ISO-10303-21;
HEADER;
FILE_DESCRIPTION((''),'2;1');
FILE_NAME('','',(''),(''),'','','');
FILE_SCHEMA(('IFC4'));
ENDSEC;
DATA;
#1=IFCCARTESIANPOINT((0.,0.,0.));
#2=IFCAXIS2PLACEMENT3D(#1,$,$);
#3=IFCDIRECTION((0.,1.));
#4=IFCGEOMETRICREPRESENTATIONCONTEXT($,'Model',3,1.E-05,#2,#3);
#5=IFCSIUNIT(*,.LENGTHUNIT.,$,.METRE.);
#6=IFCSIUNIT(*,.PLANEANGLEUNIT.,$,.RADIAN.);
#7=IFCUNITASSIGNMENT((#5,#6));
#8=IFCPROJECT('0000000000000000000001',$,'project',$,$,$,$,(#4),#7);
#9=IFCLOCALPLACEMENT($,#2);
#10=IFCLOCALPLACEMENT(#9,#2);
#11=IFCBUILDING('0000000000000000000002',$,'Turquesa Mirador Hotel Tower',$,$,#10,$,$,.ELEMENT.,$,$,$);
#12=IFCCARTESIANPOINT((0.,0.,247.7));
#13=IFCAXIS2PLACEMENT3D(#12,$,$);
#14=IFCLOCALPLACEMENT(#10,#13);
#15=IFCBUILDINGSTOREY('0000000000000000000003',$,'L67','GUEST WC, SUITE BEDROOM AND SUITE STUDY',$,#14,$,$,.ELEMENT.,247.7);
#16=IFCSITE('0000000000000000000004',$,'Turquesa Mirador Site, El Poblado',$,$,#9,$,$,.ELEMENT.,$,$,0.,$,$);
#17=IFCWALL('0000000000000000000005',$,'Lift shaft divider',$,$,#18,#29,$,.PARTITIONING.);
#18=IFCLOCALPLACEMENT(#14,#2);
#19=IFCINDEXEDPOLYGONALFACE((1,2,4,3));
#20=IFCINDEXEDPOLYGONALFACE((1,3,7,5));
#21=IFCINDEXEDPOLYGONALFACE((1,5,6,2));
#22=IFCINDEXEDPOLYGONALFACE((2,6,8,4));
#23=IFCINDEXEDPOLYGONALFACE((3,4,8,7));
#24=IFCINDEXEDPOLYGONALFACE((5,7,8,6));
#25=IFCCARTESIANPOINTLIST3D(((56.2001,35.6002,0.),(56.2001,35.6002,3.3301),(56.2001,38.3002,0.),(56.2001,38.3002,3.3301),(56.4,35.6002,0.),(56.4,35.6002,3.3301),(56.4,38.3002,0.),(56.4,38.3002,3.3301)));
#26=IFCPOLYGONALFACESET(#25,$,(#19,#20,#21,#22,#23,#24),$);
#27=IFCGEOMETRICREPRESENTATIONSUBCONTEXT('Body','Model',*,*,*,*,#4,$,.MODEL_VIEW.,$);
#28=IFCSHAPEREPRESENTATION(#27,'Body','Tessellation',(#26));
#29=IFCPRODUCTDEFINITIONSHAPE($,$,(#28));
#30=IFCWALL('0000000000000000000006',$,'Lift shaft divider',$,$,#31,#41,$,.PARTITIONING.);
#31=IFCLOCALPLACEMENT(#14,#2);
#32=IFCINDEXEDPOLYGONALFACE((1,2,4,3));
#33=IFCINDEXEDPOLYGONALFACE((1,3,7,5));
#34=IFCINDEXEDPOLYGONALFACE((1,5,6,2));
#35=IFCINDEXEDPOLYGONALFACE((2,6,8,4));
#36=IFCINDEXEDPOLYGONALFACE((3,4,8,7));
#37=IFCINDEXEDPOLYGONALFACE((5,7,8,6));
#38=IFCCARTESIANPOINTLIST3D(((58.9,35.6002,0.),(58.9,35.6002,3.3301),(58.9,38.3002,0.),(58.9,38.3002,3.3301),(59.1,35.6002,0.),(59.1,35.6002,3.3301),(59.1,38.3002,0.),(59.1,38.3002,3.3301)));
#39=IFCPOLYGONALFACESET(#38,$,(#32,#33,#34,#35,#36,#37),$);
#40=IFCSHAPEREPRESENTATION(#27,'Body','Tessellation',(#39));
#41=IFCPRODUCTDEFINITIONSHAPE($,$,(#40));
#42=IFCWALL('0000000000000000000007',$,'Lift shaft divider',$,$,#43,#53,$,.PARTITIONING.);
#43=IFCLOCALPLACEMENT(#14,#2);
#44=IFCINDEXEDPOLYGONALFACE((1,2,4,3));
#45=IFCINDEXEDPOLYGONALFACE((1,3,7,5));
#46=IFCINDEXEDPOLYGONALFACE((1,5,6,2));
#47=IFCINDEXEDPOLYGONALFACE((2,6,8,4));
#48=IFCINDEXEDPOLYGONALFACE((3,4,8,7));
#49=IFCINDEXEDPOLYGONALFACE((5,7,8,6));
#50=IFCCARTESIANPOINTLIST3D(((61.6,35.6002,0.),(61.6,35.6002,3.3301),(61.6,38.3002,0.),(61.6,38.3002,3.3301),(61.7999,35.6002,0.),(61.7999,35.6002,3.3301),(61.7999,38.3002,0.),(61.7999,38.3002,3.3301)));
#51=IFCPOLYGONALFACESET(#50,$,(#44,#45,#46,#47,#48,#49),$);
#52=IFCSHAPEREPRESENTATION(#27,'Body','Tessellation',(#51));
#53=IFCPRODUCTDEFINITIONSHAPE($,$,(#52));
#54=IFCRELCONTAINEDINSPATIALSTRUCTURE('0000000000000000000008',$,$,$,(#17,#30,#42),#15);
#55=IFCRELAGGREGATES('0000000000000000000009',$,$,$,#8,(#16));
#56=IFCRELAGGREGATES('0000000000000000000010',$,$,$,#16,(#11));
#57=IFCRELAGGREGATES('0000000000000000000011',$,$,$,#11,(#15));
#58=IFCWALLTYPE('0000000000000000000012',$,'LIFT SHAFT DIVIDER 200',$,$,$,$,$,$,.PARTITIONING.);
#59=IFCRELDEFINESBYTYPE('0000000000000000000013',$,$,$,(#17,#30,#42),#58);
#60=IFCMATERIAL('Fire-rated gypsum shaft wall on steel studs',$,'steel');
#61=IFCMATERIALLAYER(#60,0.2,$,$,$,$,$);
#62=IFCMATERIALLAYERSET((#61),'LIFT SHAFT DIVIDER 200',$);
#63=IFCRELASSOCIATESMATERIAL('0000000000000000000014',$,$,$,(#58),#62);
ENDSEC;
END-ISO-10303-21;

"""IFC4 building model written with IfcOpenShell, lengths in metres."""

from ifc_helpers import new_model, si_unit, direction, frame, frame_2d, origin, place, context, subcontext, project, spatial, rectangle, extrude, material, layer, layer_set, type_object, element, save


model = new_model("IFC4")

# Units and contexts
model_context = context("Model", 3, precision=1e-05, world=origin(), true_north=direction((0.0, 1.0)))
body_context = subcontext(model_context, "Body", "Model", "MODEL_VIEW")
ifc_project = project(units=[si_unit("LENGTHUNIT", "METRE"), si_unit("PLANEANGLEUNIT", "RADIAN")], contexts=[model_context])

# Site, building, storey
site_placement = place(None, origin())
site = spatial("IfcSite", under=ifc_project, at=site_placement, Name="Turquesa Mirador Site, El Poblado", CompositionType="ELEMENT", RefElevation=0.0)
building_placement = place(site_placement, origin())
building = spatial("IfcBuilding", under=site, at=building_placement, Name="Turquesa Mirador Hotel Tower", CompositionType="ELEMENT")
storey_placement = place(building_placement, frame((0.0, 0.0, 247.7)))
storey = spatial("IfcBuildingStorey", under=building, at=storey_placement, Name="L67", Description="GUEST WC, SUITE BEDROOM AND SUITE STUDY", CompositionType="ELEMENT", Elevation=247.7)

# Walls
ifc_material_1 = material(Name="Fire-rated gypsum shaft wall on steel studs", Category="steel")
ifc_layer_1 = layer(ifc_material_1, 0.2)
ifc_layer_set_1 = layer_set([ifc_layer_1], Name="LIFT SHAFT DIVIDER 200")
wall_type_1 = type_object("IfcWallType", Name="LIFT SHAFT DIVIDER 200", PredefinedType="PARTITIONING", material=ifc_layer_set_1)
for number, where, z_axis, x_axis, name in (
    (1, (56.3, 35.6001, 0.0), (0.0, 0.0, 1.0), (0.0, 1.0, 0.0), "Lift shaft divider"),
    (2, (59.0, 35.6001, 0.0), (0.0, 0.0, 1.0), (0.0, 1.0, 0.0), "Lift shaft divider"),
    (3, (61.7, 35.6001, 0.0), (0.0, 0.0, 1.0), (0.0, 1.0, 0.0), "Lift shaft divider"),
):
    element("IfcWall", number, at=place(storey_placement, frame(where, z_axis=z_axis, x_axis=x_axis)), inside=storey, type_object=wall_type_1, Name=name, PredefinedType="PARTITIONING", context=body_context, shape_type="SweptSolid", body=[
        extrude(rectangle(XDim=2.7, YDim=0.2, at=frame_2d((1.3501, 0.0))), origin(), (0.0, 0.0, 1.0), 3.3301),
    ])

save(model, "model.ifc")
